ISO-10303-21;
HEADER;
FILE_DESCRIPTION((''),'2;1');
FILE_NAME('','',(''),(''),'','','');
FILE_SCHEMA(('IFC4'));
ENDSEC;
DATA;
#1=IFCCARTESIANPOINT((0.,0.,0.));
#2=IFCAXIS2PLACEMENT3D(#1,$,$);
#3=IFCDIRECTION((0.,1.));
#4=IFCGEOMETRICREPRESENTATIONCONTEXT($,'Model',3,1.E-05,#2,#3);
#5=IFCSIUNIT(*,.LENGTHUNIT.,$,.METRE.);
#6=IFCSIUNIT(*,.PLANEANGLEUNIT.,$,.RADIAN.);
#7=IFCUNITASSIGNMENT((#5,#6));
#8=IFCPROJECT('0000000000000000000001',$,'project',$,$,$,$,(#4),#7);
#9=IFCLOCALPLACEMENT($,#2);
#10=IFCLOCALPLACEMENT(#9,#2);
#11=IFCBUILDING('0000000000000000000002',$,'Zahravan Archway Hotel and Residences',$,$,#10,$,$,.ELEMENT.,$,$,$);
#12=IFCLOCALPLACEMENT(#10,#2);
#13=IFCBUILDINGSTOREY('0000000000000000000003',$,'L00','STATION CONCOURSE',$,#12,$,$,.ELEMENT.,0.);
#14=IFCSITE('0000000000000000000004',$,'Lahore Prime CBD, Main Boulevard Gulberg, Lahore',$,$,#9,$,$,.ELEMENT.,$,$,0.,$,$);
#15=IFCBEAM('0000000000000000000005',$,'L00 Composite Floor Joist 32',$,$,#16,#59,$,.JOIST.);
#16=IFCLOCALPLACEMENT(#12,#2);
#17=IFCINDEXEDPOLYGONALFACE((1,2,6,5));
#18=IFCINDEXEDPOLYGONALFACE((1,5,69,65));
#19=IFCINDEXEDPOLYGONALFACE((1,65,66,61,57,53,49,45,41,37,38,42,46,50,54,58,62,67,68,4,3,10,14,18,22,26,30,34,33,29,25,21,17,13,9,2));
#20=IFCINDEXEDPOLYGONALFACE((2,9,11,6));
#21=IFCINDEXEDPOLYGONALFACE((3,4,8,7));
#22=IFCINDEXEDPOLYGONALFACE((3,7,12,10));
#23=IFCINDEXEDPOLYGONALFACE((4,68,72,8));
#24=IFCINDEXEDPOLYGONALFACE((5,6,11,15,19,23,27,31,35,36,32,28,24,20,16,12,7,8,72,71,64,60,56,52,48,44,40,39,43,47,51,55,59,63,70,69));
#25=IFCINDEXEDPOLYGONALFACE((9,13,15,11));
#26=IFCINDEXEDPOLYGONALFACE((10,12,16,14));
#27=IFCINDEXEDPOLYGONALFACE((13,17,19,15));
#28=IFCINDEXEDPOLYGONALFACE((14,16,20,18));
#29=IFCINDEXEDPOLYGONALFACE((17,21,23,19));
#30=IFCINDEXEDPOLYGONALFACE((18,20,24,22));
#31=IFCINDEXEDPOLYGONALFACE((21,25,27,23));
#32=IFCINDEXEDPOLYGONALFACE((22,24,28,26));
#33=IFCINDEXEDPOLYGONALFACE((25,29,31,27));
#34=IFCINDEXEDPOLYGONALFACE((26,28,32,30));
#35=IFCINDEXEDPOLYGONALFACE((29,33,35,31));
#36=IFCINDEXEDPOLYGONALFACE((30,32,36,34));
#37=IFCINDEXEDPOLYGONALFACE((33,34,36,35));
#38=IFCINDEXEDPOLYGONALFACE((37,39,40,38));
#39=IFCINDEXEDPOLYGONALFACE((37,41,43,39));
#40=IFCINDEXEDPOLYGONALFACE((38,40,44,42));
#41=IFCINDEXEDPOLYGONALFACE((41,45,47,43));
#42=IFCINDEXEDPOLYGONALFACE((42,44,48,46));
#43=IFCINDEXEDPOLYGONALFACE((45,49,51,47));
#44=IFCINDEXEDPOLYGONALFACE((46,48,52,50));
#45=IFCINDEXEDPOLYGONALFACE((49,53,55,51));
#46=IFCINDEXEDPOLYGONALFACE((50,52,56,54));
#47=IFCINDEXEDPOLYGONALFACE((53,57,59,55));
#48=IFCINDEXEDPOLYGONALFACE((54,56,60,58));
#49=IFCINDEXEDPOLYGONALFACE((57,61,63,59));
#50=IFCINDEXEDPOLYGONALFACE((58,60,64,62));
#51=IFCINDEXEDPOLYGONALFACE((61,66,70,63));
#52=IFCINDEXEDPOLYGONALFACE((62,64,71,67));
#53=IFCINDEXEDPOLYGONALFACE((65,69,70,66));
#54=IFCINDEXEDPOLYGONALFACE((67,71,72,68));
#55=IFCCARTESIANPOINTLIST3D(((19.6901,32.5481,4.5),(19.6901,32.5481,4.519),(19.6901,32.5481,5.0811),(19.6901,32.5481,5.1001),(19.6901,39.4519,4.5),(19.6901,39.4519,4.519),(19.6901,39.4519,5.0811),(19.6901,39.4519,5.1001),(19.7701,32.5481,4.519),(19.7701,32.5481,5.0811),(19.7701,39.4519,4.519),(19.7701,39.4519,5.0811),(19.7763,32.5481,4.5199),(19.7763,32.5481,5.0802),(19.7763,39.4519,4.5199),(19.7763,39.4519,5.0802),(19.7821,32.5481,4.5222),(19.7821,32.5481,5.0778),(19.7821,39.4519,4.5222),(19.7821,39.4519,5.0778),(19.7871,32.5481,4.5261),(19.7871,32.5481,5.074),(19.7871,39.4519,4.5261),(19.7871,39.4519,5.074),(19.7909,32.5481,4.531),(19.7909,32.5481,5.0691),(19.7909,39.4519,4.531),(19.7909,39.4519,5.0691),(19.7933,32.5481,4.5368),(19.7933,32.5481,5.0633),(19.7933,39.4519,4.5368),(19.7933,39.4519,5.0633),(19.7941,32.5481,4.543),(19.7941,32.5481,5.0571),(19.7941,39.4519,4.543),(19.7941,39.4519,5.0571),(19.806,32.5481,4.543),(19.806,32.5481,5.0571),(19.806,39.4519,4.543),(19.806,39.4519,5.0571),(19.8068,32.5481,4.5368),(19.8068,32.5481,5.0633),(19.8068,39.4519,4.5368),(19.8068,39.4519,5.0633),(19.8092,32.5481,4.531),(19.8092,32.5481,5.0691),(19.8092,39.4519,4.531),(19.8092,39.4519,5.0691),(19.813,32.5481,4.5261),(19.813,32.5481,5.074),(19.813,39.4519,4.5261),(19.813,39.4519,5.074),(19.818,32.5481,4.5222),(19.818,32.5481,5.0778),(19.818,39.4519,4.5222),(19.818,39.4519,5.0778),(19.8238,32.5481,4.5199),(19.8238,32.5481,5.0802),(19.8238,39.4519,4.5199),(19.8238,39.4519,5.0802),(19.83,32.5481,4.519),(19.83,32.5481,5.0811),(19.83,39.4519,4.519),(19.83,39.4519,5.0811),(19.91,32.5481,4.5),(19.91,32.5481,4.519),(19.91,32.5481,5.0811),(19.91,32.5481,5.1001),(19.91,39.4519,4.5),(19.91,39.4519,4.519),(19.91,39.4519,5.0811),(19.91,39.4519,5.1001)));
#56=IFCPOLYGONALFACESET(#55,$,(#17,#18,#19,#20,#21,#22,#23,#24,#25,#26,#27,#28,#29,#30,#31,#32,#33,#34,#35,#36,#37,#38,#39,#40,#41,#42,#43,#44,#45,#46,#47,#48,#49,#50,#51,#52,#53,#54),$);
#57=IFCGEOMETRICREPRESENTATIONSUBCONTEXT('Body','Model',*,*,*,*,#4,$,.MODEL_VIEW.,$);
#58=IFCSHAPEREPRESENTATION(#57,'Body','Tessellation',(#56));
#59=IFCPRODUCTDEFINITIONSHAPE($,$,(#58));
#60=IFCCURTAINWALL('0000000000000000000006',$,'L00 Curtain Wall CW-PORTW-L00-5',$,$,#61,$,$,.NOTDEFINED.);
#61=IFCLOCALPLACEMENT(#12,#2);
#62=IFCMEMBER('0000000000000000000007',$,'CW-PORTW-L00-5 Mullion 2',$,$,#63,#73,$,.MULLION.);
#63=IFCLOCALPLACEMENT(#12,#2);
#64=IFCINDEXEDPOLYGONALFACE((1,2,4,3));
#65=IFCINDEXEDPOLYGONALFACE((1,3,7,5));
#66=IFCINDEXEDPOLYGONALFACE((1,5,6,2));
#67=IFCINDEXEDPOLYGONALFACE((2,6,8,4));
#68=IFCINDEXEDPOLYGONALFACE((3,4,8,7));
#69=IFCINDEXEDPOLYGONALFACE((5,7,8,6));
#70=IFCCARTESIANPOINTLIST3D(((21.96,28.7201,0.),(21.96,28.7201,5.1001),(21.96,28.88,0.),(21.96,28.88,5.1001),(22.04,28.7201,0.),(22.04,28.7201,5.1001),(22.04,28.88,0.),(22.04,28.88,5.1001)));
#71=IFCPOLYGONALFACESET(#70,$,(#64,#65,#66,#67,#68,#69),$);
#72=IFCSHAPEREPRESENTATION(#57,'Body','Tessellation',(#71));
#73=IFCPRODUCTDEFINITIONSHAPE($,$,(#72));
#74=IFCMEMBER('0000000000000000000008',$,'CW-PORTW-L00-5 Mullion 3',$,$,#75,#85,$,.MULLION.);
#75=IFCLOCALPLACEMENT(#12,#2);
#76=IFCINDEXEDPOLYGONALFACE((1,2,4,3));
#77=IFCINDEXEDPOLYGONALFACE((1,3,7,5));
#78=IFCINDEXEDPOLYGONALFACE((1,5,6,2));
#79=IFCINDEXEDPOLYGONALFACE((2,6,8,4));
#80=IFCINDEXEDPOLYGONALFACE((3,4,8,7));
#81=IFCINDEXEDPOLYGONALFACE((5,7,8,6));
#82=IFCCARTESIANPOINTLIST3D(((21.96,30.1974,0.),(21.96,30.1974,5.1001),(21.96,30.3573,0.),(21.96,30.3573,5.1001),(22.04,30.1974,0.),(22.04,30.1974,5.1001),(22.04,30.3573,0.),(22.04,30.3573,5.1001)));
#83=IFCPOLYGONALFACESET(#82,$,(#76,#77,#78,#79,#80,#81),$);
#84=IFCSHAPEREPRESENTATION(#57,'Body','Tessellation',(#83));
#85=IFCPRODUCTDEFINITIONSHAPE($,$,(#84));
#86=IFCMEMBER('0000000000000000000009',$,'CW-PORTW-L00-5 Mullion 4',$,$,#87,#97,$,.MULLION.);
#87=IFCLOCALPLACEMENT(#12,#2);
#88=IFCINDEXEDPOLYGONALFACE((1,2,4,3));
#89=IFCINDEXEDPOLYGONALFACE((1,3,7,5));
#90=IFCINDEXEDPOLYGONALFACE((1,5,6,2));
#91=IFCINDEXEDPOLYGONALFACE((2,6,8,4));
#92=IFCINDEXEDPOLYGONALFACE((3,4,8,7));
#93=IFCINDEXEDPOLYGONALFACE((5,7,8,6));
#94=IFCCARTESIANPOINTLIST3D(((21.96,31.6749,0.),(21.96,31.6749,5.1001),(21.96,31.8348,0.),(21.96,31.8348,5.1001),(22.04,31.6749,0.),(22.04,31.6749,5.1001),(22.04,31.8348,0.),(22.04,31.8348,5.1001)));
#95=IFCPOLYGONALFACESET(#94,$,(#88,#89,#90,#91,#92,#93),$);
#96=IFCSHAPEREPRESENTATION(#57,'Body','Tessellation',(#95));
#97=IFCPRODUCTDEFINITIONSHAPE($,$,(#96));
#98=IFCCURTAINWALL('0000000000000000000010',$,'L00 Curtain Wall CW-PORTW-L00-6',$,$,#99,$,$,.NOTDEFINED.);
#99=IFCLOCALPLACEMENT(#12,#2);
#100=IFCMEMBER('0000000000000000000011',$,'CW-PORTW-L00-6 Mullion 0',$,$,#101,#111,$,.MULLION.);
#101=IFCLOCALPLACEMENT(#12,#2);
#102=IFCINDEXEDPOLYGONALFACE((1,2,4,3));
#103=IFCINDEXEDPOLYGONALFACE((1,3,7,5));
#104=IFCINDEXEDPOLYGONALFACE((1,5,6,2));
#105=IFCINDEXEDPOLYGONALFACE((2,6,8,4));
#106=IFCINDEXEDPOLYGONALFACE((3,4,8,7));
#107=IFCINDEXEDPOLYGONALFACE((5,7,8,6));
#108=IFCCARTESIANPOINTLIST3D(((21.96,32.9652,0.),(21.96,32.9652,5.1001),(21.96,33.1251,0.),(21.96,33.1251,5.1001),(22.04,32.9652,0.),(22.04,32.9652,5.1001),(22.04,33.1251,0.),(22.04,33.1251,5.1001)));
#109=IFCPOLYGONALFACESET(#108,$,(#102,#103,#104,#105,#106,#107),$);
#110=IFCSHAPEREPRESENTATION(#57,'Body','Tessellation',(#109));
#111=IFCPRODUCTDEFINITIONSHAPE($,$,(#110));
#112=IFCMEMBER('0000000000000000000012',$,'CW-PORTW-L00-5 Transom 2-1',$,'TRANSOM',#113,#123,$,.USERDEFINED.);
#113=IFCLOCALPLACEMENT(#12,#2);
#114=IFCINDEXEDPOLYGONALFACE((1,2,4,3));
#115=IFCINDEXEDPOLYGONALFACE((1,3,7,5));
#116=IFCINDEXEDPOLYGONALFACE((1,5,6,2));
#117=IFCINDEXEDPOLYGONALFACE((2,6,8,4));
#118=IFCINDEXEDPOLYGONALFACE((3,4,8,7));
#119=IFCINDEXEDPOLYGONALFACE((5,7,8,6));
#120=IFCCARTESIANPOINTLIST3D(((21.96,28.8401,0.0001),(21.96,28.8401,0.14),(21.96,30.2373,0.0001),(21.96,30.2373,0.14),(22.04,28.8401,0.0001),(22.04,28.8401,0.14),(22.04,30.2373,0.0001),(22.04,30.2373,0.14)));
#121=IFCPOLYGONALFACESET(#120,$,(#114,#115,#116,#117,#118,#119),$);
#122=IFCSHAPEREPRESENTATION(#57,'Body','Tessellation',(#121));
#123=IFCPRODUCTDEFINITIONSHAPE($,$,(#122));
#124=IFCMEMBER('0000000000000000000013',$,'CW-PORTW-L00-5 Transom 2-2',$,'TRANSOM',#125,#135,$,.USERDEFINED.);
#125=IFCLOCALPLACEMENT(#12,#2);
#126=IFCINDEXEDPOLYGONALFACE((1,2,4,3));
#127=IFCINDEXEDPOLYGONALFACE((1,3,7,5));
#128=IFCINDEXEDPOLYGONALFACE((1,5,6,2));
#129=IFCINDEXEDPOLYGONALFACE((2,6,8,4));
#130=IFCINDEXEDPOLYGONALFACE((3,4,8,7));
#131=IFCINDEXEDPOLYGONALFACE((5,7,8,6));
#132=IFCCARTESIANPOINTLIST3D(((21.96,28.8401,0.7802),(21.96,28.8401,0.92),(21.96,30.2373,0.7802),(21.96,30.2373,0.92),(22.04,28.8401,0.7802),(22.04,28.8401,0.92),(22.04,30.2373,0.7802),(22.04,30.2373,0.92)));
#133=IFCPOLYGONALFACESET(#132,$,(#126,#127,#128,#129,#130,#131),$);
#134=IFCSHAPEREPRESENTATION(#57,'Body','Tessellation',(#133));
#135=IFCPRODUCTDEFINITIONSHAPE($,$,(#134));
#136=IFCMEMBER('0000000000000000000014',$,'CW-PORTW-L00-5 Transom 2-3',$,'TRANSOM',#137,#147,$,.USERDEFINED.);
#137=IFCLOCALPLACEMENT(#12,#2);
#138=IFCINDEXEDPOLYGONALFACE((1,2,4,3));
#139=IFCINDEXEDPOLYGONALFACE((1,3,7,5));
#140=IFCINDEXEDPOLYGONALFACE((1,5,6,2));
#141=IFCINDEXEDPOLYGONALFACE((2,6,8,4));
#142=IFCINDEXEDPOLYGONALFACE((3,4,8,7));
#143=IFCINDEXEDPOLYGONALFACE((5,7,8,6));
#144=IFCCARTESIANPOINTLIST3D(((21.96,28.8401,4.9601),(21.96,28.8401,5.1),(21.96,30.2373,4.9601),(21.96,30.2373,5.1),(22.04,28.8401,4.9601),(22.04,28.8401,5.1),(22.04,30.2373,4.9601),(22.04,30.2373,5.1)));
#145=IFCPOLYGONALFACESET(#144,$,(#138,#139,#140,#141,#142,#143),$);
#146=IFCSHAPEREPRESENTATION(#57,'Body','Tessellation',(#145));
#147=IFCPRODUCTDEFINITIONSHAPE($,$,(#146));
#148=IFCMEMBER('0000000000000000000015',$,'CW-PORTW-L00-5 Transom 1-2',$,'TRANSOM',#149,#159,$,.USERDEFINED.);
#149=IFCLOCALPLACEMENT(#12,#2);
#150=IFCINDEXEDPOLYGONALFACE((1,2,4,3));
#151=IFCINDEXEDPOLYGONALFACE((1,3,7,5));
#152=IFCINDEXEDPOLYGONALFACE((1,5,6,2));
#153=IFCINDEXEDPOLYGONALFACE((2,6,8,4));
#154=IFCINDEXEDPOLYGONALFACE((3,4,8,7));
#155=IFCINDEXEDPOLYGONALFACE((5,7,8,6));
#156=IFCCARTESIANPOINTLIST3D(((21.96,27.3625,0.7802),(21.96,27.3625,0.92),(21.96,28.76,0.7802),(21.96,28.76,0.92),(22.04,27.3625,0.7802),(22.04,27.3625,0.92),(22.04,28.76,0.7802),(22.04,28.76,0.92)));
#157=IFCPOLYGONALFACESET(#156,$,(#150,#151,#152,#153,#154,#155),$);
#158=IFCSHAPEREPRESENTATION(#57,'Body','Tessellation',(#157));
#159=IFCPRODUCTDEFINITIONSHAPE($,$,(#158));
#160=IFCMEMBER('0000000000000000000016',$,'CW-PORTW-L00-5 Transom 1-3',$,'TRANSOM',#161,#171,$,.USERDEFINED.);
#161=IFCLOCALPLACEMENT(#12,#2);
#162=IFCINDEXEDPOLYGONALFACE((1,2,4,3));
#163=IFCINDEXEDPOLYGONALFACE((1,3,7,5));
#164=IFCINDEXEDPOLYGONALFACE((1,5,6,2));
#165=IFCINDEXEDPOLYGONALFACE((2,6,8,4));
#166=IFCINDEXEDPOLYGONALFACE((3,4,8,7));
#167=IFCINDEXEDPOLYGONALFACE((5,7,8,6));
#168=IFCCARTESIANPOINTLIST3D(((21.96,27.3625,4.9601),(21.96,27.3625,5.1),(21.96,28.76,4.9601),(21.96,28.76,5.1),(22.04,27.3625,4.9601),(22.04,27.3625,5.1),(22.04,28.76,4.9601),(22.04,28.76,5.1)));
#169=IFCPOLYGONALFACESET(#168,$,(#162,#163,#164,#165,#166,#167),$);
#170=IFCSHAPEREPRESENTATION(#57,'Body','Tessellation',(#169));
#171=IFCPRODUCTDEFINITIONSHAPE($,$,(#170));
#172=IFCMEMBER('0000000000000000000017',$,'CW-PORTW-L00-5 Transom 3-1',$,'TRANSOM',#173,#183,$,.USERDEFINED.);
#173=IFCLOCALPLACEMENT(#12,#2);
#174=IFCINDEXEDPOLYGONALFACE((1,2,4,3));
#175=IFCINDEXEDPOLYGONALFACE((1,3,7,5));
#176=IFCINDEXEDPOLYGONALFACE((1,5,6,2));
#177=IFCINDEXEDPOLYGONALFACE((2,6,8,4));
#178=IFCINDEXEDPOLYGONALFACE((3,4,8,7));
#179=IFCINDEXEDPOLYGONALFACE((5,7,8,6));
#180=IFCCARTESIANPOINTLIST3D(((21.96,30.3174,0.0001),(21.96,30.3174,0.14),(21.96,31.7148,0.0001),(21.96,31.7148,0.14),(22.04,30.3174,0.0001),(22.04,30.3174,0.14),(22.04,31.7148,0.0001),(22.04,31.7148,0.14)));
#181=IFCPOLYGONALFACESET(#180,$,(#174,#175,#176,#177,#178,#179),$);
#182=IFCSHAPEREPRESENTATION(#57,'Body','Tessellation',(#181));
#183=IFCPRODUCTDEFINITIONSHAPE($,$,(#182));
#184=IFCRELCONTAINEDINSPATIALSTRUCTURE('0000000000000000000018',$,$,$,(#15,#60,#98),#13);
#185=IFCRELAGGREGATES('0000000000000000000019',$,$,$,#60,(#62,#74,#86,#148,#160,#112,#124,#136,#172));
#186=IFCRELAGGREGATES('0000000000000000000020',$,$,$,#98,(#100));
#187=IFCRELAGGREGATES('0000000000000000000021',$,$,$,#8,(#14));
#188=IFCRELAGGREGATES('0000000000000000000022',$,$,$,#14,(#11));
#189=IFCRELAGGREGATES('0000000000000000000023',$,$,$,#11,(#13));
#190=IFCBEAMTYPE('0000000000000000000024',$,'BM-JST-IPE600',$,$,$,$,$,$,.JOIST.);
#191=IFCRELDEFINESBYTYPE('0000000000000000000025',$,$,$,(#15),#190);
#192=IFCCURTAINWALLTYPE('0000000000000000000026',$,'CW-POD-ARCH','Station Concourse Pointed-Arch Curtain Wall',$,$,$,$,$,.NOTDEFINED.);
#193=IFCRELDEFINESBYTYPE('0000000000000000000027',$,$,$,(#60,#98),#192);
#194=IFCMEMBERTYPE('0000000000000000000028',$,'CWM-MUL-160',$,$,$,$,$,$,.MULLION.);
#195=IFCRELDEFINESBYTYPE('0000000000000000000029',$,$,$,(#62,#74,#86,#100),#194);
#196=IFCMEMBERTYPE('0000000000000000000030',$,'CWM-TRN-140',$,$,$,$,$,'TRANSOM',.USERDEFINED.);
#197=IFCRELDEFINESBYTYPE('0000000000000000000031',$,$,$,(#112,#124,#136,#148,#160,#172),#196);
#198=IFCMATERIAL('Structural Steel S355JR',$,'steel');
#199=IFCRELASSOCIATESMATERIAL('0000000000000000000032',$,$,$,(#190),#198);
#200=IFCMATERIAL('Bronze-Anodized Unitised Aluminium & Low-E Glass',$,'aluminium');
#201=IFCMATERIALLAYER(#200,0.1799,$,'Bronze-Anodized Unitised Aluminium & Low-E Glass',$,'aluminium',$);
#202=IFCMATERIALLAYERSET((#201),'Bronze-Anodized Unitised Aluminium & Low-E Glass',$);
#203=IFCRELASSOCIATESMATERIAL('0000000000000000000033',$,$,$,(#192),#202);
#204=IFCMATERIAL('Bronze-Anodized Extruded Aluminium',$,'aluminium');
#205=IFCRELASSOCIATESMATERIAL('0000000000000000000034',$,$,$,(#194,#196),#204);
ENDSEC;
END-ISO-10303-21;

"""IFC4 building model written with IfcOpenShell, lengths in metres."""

from ifc_helpers import new_model, si_unit, direction, frame, origin, origin_2d, place, context, subcontext, project, spatial, rectangle, i_section, extrude, source, transform, mapped, material, layer, layer_set, material_profile, profile_set, type_object, element, aggregate, save


model = new_model("IFC4")

# Units and contexts
model_context = context("Model", 3, precision=1e-05, world=origin(), true_north=direction((0.0, 1.0)))
body_context = subcontext(model_context, "Body", "Model", "MODEL_VIEW")
ifc_project = project(units=[si_unit("LENGTHUNIT", "METRE"), si_unit("PLANEANGLEUNIT", "RADIAN")], contexts=[model_context])

# Site, building, storey
site_placement = place(None, origin())
site = spatial("IfcSite", under=ifc_project, at=site_placement, Name="Lahore Prime CBD, Main Boulevard Gulberg, Lahore", CompositionType="ELEMENT", RefElevation=0.0)
building_placement = place(site_placement, origin())
building = spatial("IfcBuilding", under=site, at=building_placement, Name="Zahravan Archway Hotel and Residences", CompositionType="ELEMENT")
storey_placement = place(building_placement, origin())
storey = spatial("IfcBuildingStorey", under=building, at=storey_placement, Name="L00", Description="STATION CONCOURSE", CompositionType="ELEMENT", Elevation=0.0)

# Beam
ifc_material_1 = material(Name="Structural Steel S355JR", Category="steel")
ifc_material_profile_1 = material_profile(ifc_material_1, i_section(OverallWidth=0.22, OverallDepth=0.6001, WebThickness=0.012, FlangeThickness=0.019, FilletRadius=0.0239, at=origin_2d()), Name="IPE 600", Category="steel")
ifc_profile_set_1 = profile_set([ifc_material_profile_1], Name="Structural Steel S355JR")
beam_type_1 = type_object("IfcBeamType", Name="BM-JST-IPE600", PredefinedType="JOIST", material=ifc_profile_set_1)
shared_shape_1 = source(origin(), body_context, "Body", "SweptSolid", [
    extrude(i_section(OverallWidth=0.22, OverallDepth=0.6001, WebThickness=0.012, FlangeThickness=0.019, FilletRadius=0.0239, at=origin_2d()), origin(), (0.0, 0.0, 1.0), 6.9038),
])
for number, where, z_axis, x_axis, name in (
    (1, (19.8, 32.5481, 4.8), (0.0, 1.0, 0.0), (-1.0, 0.0, 0.0), "L00 Composite Floor Joist 32"),
):
    element("IfcBeam", number, at=place(storey_placement, frame(where, z_axis=z_axis, x_axis=x_axis)), inside=storey, type_object=beam_type_1, Name=name, PredefinedType="JOIST", context=body_context, shape_type="MappedRepresentation", body=[
        mapped(shared_shape_1, transform((0.0, 0.0, 0.0), scale=1.0)),
    ])

# Curtain wall, members
ifc_material_2 = material(Name="Bronze-Anodized Unitised Aluminium & Low-E Glass", Category="aluminium")
ifc_layer_1 = layer(ifc_material_2, 0.1799, Name="Bronze-Anodized Unitised Aluminium & Low-E Glass", Category="aluminium")
ifc_layer_set_1 = layer_set([ifc_layer_1], Name="Bronze-Anodized Unitised Aluminium & Low-E Glass")
curtain_wall_type = type_object("IfcCurtainWallType", Name="CW-POD-ARCH", Description="Station Concourse Pointed-Arch Curtain Wall", PredefinedType="NOTDEFINED", material=ifc_layer_set_1)
curtain_wall_1_placement = place(storey_placement, origin())
curtain_wall_1 = element("IfcCurtainWall", 2, at=curtain_wall_1_placement, inside=storey, type_object=curtain_wall_type, Name="L00 Curtain Wall CW-PORTW-L00-5", PredefinedType="NOTDEFINED")
ifc_material_3 = material(Name="Bronze-Anodized Extruded Aluminium", Category="aluminium")
ifc_material_profile_2 = material_profile(ifc_material_3, rectangle(XDim=0.0801, YDim=0.1599, at=origin_2d()), Name="MUL 80x160", Category="aluminium")
ifc_profile_set_2 = profile_set([ifc_material_profile_2], Name="Bronze-Anodized Extruded Aluminium")
member_type_1 = type_object("IfcMemberType", Name="CWM-MUL-160", PredefinedType="MULLION", material=ifc_profile_set_2)
shared_shape_2 = source(origin(), body_context, "Body", "SweptSolid", [
    extrude(rectangle(XDim=0.0801, YDim=0.1599, at=origin_2d()), origin(), (0.0, 0.0, 1.0), 5.1001),
])
member_1_placement = place(storey_placement, frame((22.0, 28.8, 0.0), z_axis=(0.0, 0.0, 1.0), x_axis=(1.0, 0.0, 0.0)))
member_1 = element("IfcMember", 3, at=member_1_placement, type_object=member_type_1, Name="CW-PORTW-L00-5 Mullion 2", PredefinedType="MULLION", context=body_context, shape_type="MappedRepresentation", body=[
    mapped(shared_shape_2, transform((0.0, 0.0, 0.0), scale=1.0)),
])
member_2_placement = place(storey_placement, frame((22.0, 30.2773, 0.0), z_axis=(0.0, 0.0, 1.0), x_axis=(1.0, 0.0, 0.0)))
member_2 = element("IfcMember", 4, at=member_2_placement, type_object=member_type_1, Name="CW-PORTW-L00-5 Mullion 3", PredefinedType="MULLION", context=body_context, shape_type="MappedRepresentation", body=[
    mapped(shared_shape_2, transform((0.0, 0.0, 0.0), scale=1.0)),
])
member_3_placement = place(storey_placement, frame((22.0, 31.7549, 0.0), z_axis=(0.0, 0.0, 1.0), x_axis=(1.0, 0.0, 0.0)))
member_3 = element("IfcMember", 5, at=member_3_placement, type_object=member_type_1, Name="CW-PORTW-L00-5 Mullion 4", PredefinedType="MULLION", context=body_context, shape_type="MappedRepresentation", body=[
    mapped(shared_shape_2, transform((0.0, 0.0, 0.0), scale=1.0)),
])

# Curtain wall, member
curtain_wall_2_placement = place(storey_placement, origin())
curtain_wall_2 = element("IfcCurtainWall", 6, at=curtain_wall_2_placement, inside=storey, type_object=curtain_wall_type, Name="L00 Curtain Wall CW-PORTW-L00-6", PredefinedType="NOTDEFINED")
member_4_placement = place(storey_placement, frame((22.0, 33.0452, 0.0), z_axis=(0.0, 0.0, 1.0), x_axis=(1.0, 0.0, 0.0)))
member_4 = element("IfcMember", 7, at=member_4_placement, type_object=member_type_1, Name="CW-PORTW-L00-6 Mullion 0", PredefinedType="MULLION", context=body_context, shape_type="MappedRepresentation", body=[
    mapped(shared_shape_2, transform((0.0, 0.0, 0.0), scale=1.0)),
])

# Members
ifc_material_profile_3 = material_profile(ifc_material_3, rectangle(XDim=0.0801, YDim=0.1399, at=origin_2d()), Name="TRN 80x140", Category="aluminium")
ifc_profile_set_3 = profile_set([ifc_material_profile_3], Name="Bronze-Anodized Extruded Aluminium")
member_type_2 = type_object("IfcMemberType", Name="CWM-TRN-140", ElementType="TRANSOM", PredefinedType="USERDEFINED", material=ifc_profile_set_3)
shared_shape_3 = source(origin(), body_context, "Body", "SweptSolid", [
    extrude(rectangle(XDim=0.0801, YDim=0.1399, at=origin_2d()), origin(), (0.0, 0.0, 1.0), 1.3972),
])
member_5_placement = place(storey_placement, frame((22.0, 28.8401, 0.0701), z_axis=(0.0, 1.0, 0.0), x_axis=(-1.0, 0.0, 0.0)))
member_5 = element("IfcMember", 8, at=member_5_placement, type_object=member_type_2, Name="CW-PORTW-L00-5 Transom 2-1", ObjectType="TRANSOM", PredefinedType="USERDEFINED", context=body_context, shape_type="MappedRepresentation", body=[
    mapped(shared_shape_3, transform((0.0, 0.0, 0.0), scale=1.0)),
])
member_6_placement = place(storey_placement, frame((22.0, 28.8401, 0.8501), z_axis=(0.0, 1.0, 0.0), x_axis=(-1.0, 0.0, 0.0)))
member_6 = element("IfcMember", 9, at=member_6_placement, type_object=member_type_2, Name="CW-PORTW-L00-5 Transom 2-2", ObjectType="TRANSOM", PredefinedType="USERDEFINED", context=body_context, shape_type="MappedRepresentation", body=[
    mapped(shared_shape_3, transform((0.0, 0.0, 0.0), scale=1.0)),
])
member_7_placement = place(storey_placement, frame((22.0, 28.8401, 5.03), z_axis=(0.0, 1.0, 0.0), x_axis=(-1.0, 0.0, 0.0)))
member_7 = element("IfcMember", 10, at=member_7_placement, type_object=member_type_2, Name="CW-PORTW-L00-5 Transom 2-3", ObjectType="TRANSOM", PredefinedType="USERDEFINED", context=body_context, shape_type="MappedRepresentation", body=[
    mapped(shared_shape_3, transform((0.0, 0.0, 0.0), scale=1.0)),
])
shared_shape_4 = source(origin(), body_context, "Body", "SweptSolid", [
    extrude(rectangle(XDim=0.0801, YDim=0.1399, at=origin_2d()), origin(), (0.0, 0.0, 1.0), 1.3975),
])
member_8_placement = place(storey_placement, frame((22.0, 27.3625, 0.8501), z_axis=(0.0, 1.0, 0.0), x_axis=(-1.0, 0.0, 0.0)))
member_8 = element("IfcMember", 11, at=member_8_placement, type_object=member_type_2, Name="CW-PORTW-L00-5 Transom 1-2", ObjectType="TRANSOM", PredefinedType="USERDEFINED", context=body_context, shape_type="MappedRepresentation", body=[
    mapped(shared_shape_4, transform((0.0, 0.0, 0.0), scale=1.0)),
])
member_9_placement = place(storey_placement, frame((22.0, 27.3625, 5.03), z_axis=(0.0, 1.0, 0.0), x_axis=(-1.0, 0.0, 0.0)))
member_9 = element("IfcMember", 12, at=member_9_placement, type_object=member_type_2, Name="CW-PORTW-L00-5 Transom 1-3", ObjectType="TRANSOM", PredefinedType="USERDEFINED", context=body_context, shape_type="MappedRepresentation", body=[
    mapped(shared_shape_4, transform((0.0, 0.0, 0.0), scale=1.0)),
])
member_10_placement = place(storey_placement, frame((22.0, 30.3174, 0.0701), z_axis=(0.0, 1.0, 0.0), x_axis=(-1.0, 0.0, 0.0)))
member_10 = element("IfcMember", 13, at=member_10_placement, type_object=member_type_2, Name="CW-PORTW-L00-5 Transom 3-1", ObjectType="TRANSOM", PredefinedType="USERDEFINED", context=body_context, shape_type="MappedRepresentation", body=[
    mapped(shared_shape_4, transform((0.0, 0.0, 0.0), scale=1.0)),
])

aggregate(curtain_wall_1, [member_1, member_2, member_3, member_8, member_9, member_5, member_6, member_7, member_10])
aggregate(curtain_wall_2, [member_4])

save(model, "model.ifc")
